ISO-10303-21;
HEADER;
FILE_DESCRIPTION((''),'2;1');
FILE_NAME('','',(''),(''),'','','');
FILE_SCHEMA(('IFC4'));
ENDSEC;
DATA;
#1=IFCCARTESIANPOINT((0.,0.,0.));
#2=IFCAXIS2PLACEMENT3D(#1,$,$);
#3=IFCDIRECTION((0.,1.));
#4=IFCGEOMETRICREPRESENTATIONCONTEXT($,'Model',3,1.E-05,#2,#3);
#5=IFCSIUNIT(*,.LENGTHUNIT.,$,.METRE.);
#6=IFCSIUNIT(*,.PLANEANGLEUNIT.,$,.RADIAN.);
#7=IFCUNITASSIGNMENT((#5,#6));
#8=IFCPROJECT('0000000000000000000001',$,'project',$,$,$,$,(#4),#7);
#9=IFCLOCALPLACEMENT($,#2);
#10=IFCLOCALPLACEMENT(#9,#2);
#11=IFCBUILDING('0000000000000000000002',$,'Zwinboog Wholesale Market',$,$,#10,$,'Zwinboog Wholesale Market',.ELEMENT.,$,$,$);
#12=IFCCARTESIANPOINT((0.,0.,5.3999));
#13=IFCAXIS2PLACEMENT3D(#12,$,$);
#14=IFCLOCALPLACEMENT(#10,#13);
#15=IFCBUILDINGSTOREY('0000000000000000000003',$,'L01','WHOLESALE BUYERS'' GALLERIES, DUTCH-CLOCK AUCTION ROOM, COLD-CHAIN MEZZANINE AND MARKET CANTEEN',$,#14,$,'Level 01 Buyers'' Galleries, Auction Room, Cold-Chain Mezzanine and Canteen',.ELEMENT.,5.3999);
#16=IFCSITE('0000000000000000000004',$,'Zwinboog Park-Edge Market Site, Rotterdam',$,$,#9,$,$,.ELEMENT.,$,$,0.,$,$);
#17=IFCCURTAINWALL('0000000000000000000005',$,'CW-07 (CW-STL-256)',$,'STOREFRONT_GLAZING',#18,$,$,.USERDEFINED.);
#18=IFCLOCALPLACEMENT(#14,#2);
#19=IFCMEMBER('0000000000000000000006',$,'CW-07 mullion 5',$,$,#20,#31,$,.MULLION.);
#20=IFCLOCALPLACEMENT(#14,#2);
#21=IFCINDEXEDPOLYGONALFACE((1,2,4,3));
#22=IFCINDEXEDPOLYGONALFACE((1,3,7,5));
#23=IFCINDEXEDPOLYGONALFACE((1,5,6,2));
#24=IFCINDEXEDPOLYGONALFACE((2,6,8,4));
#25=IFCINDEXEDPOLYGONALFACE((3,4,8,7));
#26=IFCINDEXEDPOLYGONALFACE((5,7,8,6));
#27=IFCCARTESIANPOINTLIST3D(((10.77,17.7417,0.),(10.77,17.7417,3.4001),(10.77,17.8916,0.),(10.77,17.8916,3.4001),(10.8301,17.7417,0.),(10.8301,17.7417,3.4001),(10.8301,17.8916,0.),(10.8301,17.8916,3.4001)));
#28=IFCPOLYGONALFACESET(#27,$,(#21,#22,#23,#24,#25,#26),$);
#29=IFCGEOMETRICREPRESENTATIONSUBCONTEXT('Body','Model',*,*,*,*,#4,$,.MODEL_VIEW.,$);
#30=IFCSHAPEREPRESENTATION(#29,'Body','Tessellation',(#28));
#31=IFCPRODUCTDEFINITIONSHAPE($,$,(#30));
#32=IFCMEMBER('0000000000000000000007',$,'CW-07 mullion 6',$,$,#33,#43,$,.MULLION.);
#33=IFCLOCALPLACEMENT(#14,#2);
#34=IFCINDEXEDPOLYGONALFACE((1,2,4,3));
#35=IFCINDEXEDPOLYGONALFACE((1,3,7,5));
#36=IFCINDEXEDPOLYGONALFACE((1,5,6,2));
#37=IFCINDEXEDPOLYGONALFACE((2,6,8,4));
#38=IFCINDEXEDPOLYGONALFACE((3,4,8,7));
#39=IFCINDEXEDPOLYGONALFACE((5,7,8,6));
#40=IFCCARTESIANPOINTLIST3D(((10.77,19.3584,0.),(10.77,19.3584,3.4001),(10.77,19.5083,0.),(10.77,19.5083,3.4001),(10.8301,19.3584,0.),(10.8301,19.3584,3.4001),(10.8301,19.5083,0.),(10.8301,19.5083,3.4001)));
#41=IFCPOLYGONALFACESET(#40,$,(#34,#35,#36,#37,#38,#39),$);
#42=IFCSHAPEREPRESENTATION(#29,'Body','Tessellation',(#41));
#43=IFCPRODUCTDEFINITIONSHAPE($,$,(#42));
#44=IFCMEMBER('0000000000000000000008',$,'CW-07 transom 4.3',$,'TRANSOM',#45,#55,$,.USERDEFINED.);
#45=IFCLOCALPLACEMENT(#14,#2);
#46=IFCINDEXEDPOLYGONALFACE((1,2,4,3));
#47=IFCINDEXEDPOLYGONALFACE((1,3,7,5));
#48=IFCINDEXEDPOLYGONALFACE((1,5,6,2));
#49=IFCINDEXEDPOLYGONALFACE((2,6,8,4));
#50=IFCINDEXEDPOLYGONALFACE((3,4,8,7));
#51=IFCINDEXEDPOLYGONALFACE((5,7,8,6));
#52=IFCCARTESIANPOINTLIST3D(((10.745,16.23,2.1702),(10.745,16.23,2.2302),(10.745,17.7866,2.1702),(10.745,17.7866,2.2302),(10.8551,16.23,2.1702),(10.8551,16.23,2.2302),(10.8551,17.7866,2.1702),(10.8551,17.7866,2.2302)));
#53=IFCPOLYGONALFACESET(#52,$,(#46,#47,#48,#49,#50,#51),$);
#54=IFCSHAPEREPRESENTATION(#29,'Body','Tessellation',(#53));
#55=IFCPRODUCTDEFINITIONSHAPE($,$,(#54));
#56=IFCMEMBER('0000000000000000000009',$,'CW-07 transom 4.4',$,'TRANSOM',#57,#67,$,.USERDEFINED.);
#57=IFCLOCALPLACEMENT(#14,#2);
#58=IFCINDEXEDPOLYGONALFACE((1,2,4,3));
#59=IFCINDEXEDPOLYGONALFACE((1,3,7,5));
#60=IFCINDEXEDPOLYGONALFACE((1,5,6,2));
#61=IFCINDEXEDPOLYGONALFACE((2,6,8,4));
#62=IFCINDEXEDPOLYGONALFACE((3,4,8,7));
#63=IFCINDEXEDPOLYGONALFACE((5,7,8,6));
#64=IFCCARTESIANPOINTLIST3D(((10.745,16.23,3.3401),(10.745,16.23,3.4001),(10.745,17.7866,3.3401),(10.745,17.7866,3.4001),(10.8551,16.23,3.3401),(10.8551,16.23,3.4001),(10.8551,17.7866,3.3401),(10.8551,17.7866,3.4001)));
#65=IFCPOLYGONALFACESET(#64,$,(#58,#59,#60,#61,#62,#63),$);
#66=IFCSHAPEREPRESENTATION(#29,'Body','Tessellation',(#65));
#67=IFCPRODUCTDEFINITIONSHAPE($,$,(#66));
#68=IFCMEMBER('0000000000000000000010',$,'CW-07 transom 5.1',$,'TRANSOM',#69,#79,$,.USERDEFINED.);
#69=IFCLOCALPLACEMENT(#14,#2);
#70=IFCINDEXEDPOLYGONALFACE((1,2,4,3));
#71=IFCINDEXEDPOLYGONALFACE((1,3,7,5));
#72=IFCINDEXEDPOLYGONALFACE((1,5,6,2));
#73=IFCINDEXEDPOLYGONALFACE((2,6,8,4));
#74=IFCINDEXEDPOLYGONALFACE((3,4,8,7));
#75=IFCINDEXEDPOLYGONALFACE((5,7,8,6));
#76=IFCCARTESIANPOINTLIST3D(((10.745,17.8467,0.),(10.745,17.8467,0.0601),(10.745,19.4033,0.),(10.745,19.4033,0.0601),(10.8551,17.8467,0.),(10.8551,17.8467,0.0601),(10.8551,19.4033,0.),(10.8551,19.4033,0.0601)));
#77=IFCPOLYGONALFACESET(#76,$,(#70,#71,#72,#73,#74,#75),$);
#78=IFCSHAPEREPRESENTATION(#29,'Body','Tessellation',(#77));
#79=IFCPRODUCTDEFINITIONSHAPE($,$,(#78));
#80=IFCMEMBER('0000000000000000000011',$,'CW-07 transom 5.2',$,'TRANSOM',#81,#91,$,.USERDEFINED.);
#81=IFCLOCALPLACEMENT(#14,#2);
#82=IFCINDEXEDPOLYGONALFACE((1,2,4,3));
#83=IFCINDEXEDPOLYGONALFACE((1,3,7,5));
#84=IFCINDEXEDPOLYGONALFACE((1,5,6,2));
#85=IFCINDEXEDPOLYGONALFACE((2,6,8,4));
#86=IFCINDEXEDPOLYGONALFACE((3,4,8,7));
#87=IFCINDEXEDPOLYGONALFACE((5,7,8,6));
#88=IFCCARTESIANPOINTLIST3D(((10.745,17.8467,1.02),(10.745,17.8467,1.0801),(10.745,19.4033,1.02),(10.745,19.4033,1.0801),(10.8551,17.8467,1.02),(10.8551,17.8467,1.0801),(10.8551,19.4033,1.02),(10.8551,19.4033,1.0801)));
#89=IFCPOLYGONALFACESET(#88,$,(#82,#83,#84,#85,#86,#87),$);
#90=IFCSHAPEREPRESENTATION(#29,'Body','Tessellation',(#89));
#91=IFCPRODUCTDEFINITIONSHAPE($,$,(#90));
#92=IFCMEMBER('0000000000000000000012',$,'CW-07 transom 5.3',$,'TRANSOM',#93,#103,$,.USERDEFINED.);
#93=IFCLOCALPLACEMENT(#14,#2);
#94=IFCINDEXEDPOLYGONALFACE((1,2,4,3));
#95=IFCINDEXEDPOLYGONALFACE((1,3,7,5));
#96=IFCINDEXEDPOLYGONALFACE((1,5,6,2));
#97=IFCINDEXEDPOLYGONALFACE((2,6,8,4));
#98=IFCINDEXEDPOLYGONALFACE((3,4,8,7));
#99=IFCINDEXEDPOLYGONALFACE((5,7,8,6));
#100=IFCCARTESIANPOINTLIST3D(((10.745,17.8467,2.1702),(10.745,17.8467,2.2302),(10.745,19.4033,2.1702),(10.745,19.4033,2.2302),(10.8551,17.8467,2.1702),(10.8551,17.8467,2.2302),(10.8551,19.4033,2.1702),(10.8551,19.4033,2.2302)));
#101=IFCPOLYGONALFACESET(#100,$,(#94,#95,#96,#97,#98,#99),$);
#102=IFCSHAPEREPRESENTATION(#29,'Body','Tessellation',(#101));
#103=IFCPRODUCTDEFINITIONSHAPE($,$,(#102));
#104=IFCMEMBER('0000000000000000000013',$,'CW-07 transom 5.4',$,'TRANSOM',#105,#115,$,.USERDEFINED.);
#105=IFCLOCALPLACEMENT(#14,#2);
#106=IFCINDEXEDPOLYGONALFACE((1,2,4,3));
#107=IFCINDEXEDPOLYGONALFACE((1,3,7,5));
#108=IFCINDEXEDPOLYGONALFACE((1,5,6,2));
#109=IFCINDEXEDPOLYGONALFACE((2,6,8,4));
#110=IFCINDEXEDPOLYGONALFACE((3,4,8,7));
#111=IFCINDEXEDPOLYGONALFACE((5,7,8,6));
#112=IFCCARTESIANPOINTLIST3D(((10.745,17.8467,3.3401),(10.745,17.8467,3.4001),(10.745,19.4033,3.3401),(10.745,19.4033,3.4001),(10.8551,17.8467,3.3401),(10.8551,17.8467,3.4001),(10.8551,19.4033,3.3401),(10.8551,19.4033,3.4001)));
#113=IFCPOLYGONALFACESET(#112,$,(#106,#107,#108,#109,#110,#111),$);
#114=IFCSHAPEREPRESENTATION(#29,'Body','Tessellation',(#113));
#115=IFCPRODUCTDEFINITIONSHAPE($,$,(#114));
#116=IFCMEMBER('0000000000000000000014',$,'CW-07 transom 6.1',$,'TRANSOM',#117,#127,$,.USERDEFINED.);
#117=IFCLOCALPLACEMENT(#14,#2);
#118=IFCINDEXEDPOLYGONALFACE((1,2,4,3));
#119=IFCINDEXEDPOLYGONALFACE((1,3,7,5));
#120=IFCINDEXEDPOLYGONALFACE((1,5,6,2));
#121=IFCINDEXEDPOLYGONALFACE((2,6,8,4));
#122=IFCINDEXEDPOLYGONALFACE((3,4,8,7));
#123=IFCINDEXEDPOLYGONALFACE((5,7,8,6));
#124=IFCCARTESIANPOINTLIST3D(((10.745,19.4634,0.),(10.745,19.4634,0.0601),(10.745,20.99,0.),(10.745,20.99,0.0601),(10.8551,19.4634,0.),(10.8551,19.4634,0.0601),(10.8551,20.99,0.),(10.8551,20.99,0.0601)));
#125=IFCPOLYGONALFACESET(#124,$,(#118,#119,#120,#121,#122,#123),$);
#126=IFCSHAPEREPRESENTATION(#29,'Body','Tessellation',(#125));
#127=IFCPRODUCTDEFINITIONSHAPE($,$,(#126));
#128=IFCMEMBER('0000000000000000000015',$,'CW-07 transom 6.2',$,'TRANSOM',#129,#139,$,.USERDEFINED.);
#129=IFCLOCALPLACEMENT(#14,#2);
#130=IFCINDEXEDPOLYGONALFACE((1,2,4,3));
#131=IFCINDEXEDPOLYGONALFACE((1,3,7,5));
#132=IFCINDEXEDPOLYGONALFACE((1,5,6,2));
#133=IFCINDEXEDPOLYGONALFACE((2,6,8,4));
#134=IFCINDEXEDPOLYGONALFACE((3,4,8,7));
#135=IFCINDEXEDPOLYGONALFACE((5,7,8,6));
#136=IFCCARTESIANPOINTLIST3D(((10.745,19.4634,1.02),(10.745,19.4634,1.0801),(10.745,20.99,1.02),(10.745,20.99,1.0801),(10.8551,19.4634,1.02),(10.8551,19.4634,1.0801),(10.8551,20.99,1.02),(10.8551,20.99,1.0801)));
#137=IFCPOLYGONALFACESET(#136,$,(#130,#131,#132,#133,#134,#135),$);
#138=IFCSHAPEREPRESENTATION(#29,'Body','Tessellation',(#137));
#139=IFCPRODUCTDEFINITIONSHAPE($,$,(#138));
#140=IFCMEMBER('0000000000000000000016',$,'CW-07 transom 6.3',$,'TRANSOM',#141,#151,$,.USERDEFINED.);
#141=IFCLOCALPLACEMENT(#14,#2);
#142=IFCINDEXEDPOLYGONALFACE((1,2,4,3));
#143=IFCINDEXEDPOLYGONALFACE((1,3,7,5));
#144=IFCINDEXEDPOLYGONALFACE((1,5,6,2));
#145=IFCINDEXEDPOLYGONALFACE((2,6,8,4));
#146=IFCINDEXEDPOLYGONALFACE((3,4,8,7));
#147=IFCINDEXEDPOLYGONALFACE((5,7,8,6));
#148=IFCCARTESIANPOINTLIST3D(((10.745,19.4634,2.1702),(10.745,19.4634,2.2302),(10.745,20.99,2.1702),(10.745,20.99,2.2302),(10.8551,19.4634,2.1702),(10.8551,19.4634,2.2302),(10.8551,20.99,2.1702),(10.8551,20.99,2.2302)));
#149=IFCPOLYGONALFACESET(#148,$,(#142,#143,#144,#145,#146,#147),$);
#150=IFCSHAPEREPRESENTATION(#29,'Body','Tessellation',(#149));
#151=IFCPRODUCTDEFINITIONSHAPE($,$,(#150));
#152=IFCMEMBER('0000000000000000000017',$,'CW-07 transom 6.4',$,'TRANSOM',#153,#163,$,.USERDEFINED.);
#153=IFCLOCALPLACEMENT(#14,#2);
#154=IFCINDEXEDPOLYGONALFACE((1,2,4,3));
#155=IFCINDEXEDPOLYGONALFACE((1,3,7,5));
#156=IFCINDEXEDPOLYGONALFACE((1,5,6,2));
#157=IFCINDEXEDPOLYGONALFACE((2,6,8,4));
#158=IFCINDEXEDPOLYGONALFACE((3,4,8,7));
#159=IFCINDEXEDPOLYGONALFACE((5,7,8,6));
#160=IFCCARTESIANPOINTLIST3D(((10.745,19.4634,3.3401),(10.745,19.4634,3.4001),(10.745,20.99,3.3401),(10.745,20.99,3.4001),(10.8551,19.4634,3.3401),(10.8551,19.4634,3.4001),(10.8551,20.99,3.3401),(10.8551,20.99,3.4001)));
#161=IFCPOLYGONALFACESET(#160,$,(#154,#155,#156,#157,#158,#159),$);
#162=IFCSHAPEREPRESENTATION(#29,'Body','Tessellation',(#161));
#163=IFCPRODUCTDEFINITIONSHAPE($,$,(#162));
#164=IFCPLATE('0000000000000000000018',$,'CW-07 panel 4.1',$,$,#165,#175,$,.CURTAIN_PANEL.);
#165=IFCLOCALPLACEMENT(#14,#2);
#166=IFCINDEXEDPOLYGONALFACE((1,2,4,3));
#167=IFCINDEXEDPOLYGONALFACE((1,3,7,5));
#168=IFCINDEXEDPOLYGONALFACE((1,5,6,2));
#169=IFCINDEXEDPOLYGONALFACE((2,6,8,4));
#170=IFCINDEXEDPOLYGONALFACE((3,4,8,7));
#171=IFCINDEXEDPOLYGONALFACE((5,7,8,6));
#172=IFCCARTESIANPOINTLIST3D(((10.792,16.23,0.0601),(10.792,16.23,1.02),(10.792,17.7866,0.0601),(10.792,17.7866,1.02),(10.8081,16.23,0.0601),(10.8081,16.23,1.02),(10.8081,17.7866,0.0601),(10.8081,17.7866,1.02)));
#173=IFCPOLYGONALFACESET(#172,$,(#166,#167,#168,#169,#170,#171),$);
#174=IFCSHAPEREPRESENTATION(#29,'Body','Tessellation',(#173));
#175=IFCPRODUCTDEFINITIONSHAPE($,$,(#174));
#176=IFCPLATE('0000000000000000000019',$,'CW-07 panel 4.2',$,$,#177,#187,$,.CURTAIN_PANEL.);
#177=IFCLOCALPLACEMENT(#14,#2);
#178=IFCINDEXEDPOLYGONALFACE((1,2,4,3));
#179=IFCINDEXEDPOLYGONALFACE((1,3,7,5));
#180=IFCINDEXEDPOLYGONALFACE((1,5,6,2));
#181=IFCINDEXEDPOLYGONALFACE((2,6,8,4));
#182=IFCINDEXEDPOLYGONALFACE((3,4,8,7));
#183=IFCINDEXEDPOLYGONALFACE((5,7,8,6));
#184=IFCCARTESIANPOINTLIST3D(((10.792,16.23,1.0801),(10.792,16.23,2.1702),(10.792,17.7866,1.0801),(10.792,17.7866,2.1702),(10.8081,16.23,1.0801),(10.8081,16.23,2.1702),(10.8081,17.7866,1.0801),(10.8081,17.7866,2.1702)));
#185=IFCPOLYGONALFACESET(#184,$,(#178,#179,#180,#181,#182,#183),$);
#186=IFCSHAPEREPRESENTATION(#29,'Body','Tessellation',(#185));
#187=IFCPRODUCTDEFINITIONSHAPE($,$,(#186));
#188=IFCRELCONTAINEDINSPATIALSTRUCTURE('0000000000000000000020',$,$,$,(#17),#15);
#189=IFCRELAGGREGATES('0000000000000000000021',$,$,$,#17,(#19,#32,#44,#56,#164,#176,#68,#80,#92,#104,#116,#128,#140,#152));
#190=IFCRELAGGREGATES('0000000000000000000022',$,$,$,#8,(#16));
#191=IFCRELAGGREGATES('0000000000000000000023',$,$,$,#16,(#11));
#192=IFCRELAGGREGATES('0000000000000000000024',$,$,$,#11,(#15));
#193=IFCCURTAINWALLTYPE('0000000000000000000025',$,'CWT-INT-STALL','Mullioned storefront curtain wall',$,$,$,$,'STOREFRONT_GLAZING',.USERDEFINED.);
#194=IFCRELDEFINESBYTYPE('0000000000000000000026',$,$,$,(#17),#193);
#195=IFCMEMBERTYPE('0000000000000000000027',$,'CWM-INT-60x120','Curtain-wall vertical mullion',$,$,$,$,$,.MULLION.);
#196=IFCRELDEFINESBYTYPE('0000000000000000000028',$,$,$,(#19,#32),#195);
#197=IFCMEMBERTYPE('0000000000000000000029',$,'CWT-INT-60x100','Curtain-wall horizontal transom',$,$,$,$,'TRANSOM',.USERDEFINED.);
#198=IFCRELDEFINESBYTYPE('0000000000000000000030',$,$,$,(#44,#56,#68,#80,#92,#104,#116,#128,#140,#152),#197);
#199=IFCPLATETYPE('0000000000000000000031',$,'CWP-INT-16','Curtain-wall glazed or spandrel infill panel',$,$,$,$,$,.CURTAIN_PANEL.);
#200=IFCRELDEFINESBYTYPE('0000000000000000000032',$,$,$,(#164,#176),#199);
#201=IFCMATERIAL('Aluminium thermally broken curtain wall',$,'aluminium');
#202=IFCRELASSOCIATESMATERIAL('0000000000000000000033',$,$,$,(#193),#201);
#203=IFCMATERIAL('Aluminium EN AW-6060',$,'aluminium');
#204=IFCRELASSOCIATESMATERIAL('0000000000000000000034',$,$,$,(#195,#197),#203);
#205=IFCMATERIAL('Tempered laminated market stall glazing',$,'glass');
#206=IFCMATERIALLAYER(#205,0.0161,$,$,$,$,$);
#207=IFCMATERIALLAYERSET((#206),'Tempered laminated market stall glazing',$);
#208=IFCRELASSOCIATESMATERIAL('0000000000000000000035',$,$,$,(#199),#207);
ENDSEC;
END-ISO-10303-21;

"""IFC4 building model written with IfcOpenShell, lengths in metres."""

from ifc_helpers import new_model, si_unit, direction, frame, origin, origin_2d, place, context, subcontext, project, spatial, rectangle, extrude, material, layer, layer_set, material_profile, profile_set, type_object, element, aggregate, save


model = new_model("IFC4")

# Units and contexts
model_context = context("Model", 3, precision=1e-05, world=origin(), true_north=direction((0.0, 1.0)))
body_context = subcontext(model_context, "Body", "Model", "MODEL_VIEW")
ifc_project = project(units=[si_unit("LENGTHUNIT", "METRE"), si_unit("PLANEANGLEUNIT", "RADIAN")], contexts=[model_context])

# Site, building, storey
site_placement = place(None, origin())
site = spatial("IfcSite", under=ifc_project, at=site_placement, Name="Zwinboog Park-Edge Market Site, Rotterdam", CompositionType="ELEMENT", RefElevation=0.0)
building_placement = place(site_placement, origin())
building = spatial("IfcBuilding", under=site, at=building_placement, Name="Zwinboog Wholesale Market", LongName="Zwinboog Wholesale Market", CompositionType="ELEMENT")
storey_placement = place(building_placement, frame((0.0, 0.0, 5.3999)))
storey = spatial("IfcBuildingStorey", under=building, at=storey_placement, Name="L01", Description="WHOLESALE BUYERS' GALLERIES, DUTCH-CLOCK AUCTION ROOM, COLD-CHAIN MEZZANINE AND MARKET CANTEEN", LongName="Level 01 Buyers' Galleries, Auction Room, Cold-Chain Mezzanine and Canteen", CompositionType="ELEMENT", Elevation=5.3999)

# Curtain wall, members, plates
ifc_material_1 = material(Name="Aluminium thermally broken curtain wall", Category="aluminium")
curtain_wall_type = type_object("IfcCurtainWallType", Name="CWT-INT-STALL", Description="Mullioned storefront curtain wall", ElementType="STOREFRONT_GLAZING", PredefinedType="USERDEFINED", material=ifc_material_1)
curtain_wall_placement = place(storey_placement, origin())
curtain_wall = element("IfcCurtainWall", 1, at=curtain_wall_placement, inside=storey, type_object=curtain_wall_type, Name="CW-07 (CW-STL-256)", ObjectType="STOREFRONT_GLAZING", PredefinedType="USERDEFINED")
ifc_material_2 = material(Name="Aluminium EN AW-6060", Category="aluminium")
ifc_material_profile_1 = material_profile(ifc_material_2, rectangle(XDim=0.0601, YDim=0.1499, at=origin_2d()), Name="AL 60x150")
ifc_profile_set_1 = profile_set([ifc_material_profile_1], Name="Aluminium EN AW-6060")
member_type_1 = type_object("IfcMemberType", Name="CWM-INT-60x120", Description="Curtain-wall vertical mullion", PredefinedType="MULLION", material=ifc_profile_set_1)
member_1_placement = place(storey_placement, frame((10.8, 17.8167, 0.0), z_axis=(0.0, 0.0, 1.0), x_axis=(-1.0, 0.0, 0.0)))
member_1 = element("IfcMember", 2, at=member_1_placement, type_object=member_type_1, Name="CW-07 mullion 5", PredefinedType="MULLION", context=body_context, shape_type="SweptSolid", body=[
    extrude(rectangle(XDim=0.0601, YDim=0.1499, at=origin_2d()), origin(), (0.0, 0.0, 1.0), 3.4001),
])
member_2_placement = place(storey_placement, frame((10.8, 19.4333, 0.0), z_axis=(0.0, 0.0, 1.0), x_axis=(-1.0, 0.0, 0.0)))
member_2 = element("IfcMember", 3, at=member_2_placement, type_object=member_type_1, Name="CW-07 mullion 6", PredefinedType="MULLION", context=body_context, shape_type="SweptSolid", body=[
    extrude(rectangle(XDim=0.0601, YDim=0.1499, at=origin_2d()), origin(), (0.0, 0.0, 1.0), 3.4001),
])
ifc_material_profile_2 = material_profile(ifc_material_2, rectangle(XDim=0.1101, YDim=0.0601, at=origin_2d()), Name="AL 60x110")
ifc_profile_set_2 = profile_set([ifc_material_profile_2], Name="Aluminium EN AW-6060")
member_type_2 = type_object("IfcMemberType", Name="CWT-INT-60x100", Description="Curtain-wall horizontal transom", ElementType="TRANSOM", PredefinedType="USERDEFINED", material=ifc_profile_set_2)
member_3_placement = place(storey_placement, frame((10.8, 16.23, 2.2002), z_axis=(0.0, 1.0, 0.0), x_axis=(-1.0, 0.0, 0.0)))
member_3 = element("IfcMember", 4, at=member_3_placement, type_object=member_type_2, Name="CW-07 transom 4.3", ObjectType="TRANSOM", PredefinedType="USERDEFINED", context=body_context, shape_type="SweptSolid", body=[
    extrude(rectangle(XDim=0.1101, YDim=0.0601, at=origin_2d()), origin(), (0.0, 0.0, 1.0), 1.5566),
])
member_4_placement = place(storey_placement, frame((10.8, 16.23, 3.3701), z_axis=(0.0, 1.0, 0.0), x_axis=(-1.0, 0.0, 0.0)))
member_4 = element("IfcMember", 5, at=member_4_placement, type_object=member_type_2, Name="CW-07 transom 4.4", ObjectType="TRANSOM", PredefinedType="USERDEFINED", context=body_context, shape_type="SweptSolid", body=[
    extrude(rectangle(XDim=0.1101, YDim=0.0601, at=origin_2d()), origin(), (0.0, 0.0, 1.0), 1.5566),
])
member_5_placement = place(storey_placement, frame((10.8, 17.8467, 0.03), z_axis=(0.0, 1.0, 0.0), x_axis=(-1.0, 0.0, 0.0)))
member_5 = element("IfcMember", 6, at=member_5_placement, type_object=member_type_2, Name="CW-07 transom 5.1", ObjectType="TRANSOM", PredefinedType="USERDEFINED", context=body_context, shape_type="SweptSolid", body=[
    extrude(rectangle(XDim=0.1101, YDim=0.0601, at=origin_2d()), origin(), (0.0, 0.0, 1.0), 1.5566),
])
member_6_placement = place(storey_placement, frame((10.8, 17.8467, 1.05), z_axis=(0.0, 1.0, 0.0), x_axis=(-1.0, 0.0, 0.0)))
member_6 = element("IfcMember", 7, at=member_6_placement, type_object=member_type_2, Name="CW-07 transom 5.2", ObjectType="TRANSOM", PredefinedType="USERDEFINED", context=body_context, shape_type="SweptSolid", body=[
    extrude(rectangle(XDim=0.1101, YDim=0.0601, at=origin_2d()), origin(), (0.0, 0.0, 1.0), 1.5566),
])
member_7_placement = place(storey_placement, frame((10.8, 17.8467, 2.2002), z_axis=(0.0, 1.0, 0.0), x_axis=(-1.0, 0.0, 0.0)))
member_7 = element("IfcMember", 8, at=member_7_placement, type_object=member_type_2, Name="CW-07 transom 5.3", ObjectType="TRANSOM", PredefinedType="USERDEFINED", context=body_context, shape_type="SweptSolid", body=[
    extrude(rectangle(XDim=0.1101, YDim=0.0601, at=origin_2d()), origin(), (0.0, 0.0, 1.0), 1.5566),
])
member_8_placement = place(storey_placement, frame((10.8, 17.8467, 3.3701), z_axis=(0.0, 1.0, 0.0), x_axis=(-1.0, 0.0, 0.0)))
member_8 = element("IfcMember", 9, at=member_8_placement, type_object=member_type_2, Name="CW-07 transom 5.4", ObjectType="TRANSOM", PredefinedType="USERDEFINED", context=body_context, shape_type="SweptSolid", body=[
    extrude(rectangle(XDim=0.1101, YDim=0.0601, at=origin_2d()), origin(), (0.0, 0.0, 1.0), 1.5566),
])
member_9_placement = place(storey_placement, frame((10.8, 19.4634, 0.03), z_axis=(0.0, 1.0, 0.0), x_axis=(-1.0, 0.0, 0.0)))
member_9 = element("IfcMember", 10, at=member_9_placement, type_object=member_type_2, Name="CW-07 transom 6.1", ObjectType="TRANSOM", PredefinedType="USERDEFINED", context=body_context, shape_type="SweptSolid", body=[
    extrude(rectangle(XDim=0.1101, YDim=0.0601, at=origin_2d()), origin(), (0.0, 0.0, 1.0), 1.5266),
])
member_10_placement = place(storey_placement, frame((10.8, 19.4634, 1.05), z_axis=(0.0, 1.0, 0.0), x_axis=(-1.0, 0.0, 0.0)))
member_10 = element("IfcMember", 11, at=member_10_placement, type_object=member_type_2, Name="CW-07 transom 6.2", ObjectType="TRANSOM", PredefinedType="USERDEFINED", context=body_context, shape_type="SweptSolid", body=[
    extrude(rectangle(XDim=0.1101, YDim=0.0601, at=origin_2d()), origin(), (0.0, 0.0, 1.0), 1.5266),
])
member_11_placement = place(storey_placement, frame((10.8, 19.4634, 2.2002), z_axis=(0.0, 1.0, 0.0), x_axis=(-1.0, 0.0, 0.0)))
member_11 = element("IfcMember", 12, at=member_11_placement, type_object=member_type_2, Name="CW-07 transom 6.3", ObjectType="TRANSOM", PredefinedType="USERDEFINED", context=body_context, shape_type="SweptSolid", body=[
    extrude(rectangle(XDim=0.1101, YDim=0.0601, at=origin_2d()), origin(), (0.0, 0.0, 1.0), 1.5266),
])
member_12_placement = place(storey_placement, frame((10.8, 19.4634, 3.3701), z_axis=(0.0, 1.0, 0.0), x_axis=(-1.0, 0.0, 0.0)))
member_12 = element("IfcMember", 13, at=member_12_placement, type_object=member_type_2, Name="CW-07 transom 6.4", ObjectType="TRANSOM", PredefinedType="USERDEFINED", context=body_context, shape_type="SweptSolid", body=[
    extrude(rectangle(XDim=0.1101, YDim=0.0601, at=origin_2d()), origin(), (0.0, 0.0, 1.0), 1.5266),
])
ifc_material_3 = material(Name="Tempered laminated market stall glazing", Category="glass")
ifc_layer = layer(ifc_material_3, 0.0161)
ifc_layer_set = layer_set([ifc_layer], Name="Tempered laminated market stall glazing")
plate_type = type_object("IfcPlateType", Name="CWP-INT-16", Description="Curtain-wall glazed or spandrel infill panel", PredefinedType="CURTAIN_PANEL", material=ifc_layer_set)
plate_1_placement = place(storey_placement, frame((10.8, 17.0083, 0.0601), z_axis=(0.0, 0.0, 1.0), x_axis=(0.0, 1.0, 0.0)))
plate_1 = element("IfcPlate", 14, at=plate_1_placement, type_object=plate_type, Name="CW-07 panel 4.1", PredefinedType="CURTAIN_PANEL", context=body_context, shape_type="SweptSolid", body=[
    extrude(rectangle(XDim=1.5566, YDim=0.0161, at=origin_2d()), origin(), (0.0, 0.0, 1.0), 0.96),
])
plate_2_placement = place(storey_placement, frame((10.8, 17.0083, 1.0801), z_axis=(0.0, 0.0, 1.0), x_axis=(0.0, 1.0, 0.0)))
plate_2 = element("IfcPlate", 15, at=plate_2_placement, type_object=plate_type, Name="CW-07 panel 4.2", PredefinedType="CURTAIN_PANEL", context=body_context, shape_type="SweptSolid", body=[
    extrude(rectangle(XDim=1.5566, YDim=0.0161, at=origin_2d()), origin(), (0.0, 0.0, 1.0), 1.0901),
])
aggregate(curtain_wall, [member_1, member_2, member_3, member_4, plate_1, plate_2, member_5, member_6, member_7, member_8, member_9, member_10, member_11, member_12])

save(model, "model.ifc")
